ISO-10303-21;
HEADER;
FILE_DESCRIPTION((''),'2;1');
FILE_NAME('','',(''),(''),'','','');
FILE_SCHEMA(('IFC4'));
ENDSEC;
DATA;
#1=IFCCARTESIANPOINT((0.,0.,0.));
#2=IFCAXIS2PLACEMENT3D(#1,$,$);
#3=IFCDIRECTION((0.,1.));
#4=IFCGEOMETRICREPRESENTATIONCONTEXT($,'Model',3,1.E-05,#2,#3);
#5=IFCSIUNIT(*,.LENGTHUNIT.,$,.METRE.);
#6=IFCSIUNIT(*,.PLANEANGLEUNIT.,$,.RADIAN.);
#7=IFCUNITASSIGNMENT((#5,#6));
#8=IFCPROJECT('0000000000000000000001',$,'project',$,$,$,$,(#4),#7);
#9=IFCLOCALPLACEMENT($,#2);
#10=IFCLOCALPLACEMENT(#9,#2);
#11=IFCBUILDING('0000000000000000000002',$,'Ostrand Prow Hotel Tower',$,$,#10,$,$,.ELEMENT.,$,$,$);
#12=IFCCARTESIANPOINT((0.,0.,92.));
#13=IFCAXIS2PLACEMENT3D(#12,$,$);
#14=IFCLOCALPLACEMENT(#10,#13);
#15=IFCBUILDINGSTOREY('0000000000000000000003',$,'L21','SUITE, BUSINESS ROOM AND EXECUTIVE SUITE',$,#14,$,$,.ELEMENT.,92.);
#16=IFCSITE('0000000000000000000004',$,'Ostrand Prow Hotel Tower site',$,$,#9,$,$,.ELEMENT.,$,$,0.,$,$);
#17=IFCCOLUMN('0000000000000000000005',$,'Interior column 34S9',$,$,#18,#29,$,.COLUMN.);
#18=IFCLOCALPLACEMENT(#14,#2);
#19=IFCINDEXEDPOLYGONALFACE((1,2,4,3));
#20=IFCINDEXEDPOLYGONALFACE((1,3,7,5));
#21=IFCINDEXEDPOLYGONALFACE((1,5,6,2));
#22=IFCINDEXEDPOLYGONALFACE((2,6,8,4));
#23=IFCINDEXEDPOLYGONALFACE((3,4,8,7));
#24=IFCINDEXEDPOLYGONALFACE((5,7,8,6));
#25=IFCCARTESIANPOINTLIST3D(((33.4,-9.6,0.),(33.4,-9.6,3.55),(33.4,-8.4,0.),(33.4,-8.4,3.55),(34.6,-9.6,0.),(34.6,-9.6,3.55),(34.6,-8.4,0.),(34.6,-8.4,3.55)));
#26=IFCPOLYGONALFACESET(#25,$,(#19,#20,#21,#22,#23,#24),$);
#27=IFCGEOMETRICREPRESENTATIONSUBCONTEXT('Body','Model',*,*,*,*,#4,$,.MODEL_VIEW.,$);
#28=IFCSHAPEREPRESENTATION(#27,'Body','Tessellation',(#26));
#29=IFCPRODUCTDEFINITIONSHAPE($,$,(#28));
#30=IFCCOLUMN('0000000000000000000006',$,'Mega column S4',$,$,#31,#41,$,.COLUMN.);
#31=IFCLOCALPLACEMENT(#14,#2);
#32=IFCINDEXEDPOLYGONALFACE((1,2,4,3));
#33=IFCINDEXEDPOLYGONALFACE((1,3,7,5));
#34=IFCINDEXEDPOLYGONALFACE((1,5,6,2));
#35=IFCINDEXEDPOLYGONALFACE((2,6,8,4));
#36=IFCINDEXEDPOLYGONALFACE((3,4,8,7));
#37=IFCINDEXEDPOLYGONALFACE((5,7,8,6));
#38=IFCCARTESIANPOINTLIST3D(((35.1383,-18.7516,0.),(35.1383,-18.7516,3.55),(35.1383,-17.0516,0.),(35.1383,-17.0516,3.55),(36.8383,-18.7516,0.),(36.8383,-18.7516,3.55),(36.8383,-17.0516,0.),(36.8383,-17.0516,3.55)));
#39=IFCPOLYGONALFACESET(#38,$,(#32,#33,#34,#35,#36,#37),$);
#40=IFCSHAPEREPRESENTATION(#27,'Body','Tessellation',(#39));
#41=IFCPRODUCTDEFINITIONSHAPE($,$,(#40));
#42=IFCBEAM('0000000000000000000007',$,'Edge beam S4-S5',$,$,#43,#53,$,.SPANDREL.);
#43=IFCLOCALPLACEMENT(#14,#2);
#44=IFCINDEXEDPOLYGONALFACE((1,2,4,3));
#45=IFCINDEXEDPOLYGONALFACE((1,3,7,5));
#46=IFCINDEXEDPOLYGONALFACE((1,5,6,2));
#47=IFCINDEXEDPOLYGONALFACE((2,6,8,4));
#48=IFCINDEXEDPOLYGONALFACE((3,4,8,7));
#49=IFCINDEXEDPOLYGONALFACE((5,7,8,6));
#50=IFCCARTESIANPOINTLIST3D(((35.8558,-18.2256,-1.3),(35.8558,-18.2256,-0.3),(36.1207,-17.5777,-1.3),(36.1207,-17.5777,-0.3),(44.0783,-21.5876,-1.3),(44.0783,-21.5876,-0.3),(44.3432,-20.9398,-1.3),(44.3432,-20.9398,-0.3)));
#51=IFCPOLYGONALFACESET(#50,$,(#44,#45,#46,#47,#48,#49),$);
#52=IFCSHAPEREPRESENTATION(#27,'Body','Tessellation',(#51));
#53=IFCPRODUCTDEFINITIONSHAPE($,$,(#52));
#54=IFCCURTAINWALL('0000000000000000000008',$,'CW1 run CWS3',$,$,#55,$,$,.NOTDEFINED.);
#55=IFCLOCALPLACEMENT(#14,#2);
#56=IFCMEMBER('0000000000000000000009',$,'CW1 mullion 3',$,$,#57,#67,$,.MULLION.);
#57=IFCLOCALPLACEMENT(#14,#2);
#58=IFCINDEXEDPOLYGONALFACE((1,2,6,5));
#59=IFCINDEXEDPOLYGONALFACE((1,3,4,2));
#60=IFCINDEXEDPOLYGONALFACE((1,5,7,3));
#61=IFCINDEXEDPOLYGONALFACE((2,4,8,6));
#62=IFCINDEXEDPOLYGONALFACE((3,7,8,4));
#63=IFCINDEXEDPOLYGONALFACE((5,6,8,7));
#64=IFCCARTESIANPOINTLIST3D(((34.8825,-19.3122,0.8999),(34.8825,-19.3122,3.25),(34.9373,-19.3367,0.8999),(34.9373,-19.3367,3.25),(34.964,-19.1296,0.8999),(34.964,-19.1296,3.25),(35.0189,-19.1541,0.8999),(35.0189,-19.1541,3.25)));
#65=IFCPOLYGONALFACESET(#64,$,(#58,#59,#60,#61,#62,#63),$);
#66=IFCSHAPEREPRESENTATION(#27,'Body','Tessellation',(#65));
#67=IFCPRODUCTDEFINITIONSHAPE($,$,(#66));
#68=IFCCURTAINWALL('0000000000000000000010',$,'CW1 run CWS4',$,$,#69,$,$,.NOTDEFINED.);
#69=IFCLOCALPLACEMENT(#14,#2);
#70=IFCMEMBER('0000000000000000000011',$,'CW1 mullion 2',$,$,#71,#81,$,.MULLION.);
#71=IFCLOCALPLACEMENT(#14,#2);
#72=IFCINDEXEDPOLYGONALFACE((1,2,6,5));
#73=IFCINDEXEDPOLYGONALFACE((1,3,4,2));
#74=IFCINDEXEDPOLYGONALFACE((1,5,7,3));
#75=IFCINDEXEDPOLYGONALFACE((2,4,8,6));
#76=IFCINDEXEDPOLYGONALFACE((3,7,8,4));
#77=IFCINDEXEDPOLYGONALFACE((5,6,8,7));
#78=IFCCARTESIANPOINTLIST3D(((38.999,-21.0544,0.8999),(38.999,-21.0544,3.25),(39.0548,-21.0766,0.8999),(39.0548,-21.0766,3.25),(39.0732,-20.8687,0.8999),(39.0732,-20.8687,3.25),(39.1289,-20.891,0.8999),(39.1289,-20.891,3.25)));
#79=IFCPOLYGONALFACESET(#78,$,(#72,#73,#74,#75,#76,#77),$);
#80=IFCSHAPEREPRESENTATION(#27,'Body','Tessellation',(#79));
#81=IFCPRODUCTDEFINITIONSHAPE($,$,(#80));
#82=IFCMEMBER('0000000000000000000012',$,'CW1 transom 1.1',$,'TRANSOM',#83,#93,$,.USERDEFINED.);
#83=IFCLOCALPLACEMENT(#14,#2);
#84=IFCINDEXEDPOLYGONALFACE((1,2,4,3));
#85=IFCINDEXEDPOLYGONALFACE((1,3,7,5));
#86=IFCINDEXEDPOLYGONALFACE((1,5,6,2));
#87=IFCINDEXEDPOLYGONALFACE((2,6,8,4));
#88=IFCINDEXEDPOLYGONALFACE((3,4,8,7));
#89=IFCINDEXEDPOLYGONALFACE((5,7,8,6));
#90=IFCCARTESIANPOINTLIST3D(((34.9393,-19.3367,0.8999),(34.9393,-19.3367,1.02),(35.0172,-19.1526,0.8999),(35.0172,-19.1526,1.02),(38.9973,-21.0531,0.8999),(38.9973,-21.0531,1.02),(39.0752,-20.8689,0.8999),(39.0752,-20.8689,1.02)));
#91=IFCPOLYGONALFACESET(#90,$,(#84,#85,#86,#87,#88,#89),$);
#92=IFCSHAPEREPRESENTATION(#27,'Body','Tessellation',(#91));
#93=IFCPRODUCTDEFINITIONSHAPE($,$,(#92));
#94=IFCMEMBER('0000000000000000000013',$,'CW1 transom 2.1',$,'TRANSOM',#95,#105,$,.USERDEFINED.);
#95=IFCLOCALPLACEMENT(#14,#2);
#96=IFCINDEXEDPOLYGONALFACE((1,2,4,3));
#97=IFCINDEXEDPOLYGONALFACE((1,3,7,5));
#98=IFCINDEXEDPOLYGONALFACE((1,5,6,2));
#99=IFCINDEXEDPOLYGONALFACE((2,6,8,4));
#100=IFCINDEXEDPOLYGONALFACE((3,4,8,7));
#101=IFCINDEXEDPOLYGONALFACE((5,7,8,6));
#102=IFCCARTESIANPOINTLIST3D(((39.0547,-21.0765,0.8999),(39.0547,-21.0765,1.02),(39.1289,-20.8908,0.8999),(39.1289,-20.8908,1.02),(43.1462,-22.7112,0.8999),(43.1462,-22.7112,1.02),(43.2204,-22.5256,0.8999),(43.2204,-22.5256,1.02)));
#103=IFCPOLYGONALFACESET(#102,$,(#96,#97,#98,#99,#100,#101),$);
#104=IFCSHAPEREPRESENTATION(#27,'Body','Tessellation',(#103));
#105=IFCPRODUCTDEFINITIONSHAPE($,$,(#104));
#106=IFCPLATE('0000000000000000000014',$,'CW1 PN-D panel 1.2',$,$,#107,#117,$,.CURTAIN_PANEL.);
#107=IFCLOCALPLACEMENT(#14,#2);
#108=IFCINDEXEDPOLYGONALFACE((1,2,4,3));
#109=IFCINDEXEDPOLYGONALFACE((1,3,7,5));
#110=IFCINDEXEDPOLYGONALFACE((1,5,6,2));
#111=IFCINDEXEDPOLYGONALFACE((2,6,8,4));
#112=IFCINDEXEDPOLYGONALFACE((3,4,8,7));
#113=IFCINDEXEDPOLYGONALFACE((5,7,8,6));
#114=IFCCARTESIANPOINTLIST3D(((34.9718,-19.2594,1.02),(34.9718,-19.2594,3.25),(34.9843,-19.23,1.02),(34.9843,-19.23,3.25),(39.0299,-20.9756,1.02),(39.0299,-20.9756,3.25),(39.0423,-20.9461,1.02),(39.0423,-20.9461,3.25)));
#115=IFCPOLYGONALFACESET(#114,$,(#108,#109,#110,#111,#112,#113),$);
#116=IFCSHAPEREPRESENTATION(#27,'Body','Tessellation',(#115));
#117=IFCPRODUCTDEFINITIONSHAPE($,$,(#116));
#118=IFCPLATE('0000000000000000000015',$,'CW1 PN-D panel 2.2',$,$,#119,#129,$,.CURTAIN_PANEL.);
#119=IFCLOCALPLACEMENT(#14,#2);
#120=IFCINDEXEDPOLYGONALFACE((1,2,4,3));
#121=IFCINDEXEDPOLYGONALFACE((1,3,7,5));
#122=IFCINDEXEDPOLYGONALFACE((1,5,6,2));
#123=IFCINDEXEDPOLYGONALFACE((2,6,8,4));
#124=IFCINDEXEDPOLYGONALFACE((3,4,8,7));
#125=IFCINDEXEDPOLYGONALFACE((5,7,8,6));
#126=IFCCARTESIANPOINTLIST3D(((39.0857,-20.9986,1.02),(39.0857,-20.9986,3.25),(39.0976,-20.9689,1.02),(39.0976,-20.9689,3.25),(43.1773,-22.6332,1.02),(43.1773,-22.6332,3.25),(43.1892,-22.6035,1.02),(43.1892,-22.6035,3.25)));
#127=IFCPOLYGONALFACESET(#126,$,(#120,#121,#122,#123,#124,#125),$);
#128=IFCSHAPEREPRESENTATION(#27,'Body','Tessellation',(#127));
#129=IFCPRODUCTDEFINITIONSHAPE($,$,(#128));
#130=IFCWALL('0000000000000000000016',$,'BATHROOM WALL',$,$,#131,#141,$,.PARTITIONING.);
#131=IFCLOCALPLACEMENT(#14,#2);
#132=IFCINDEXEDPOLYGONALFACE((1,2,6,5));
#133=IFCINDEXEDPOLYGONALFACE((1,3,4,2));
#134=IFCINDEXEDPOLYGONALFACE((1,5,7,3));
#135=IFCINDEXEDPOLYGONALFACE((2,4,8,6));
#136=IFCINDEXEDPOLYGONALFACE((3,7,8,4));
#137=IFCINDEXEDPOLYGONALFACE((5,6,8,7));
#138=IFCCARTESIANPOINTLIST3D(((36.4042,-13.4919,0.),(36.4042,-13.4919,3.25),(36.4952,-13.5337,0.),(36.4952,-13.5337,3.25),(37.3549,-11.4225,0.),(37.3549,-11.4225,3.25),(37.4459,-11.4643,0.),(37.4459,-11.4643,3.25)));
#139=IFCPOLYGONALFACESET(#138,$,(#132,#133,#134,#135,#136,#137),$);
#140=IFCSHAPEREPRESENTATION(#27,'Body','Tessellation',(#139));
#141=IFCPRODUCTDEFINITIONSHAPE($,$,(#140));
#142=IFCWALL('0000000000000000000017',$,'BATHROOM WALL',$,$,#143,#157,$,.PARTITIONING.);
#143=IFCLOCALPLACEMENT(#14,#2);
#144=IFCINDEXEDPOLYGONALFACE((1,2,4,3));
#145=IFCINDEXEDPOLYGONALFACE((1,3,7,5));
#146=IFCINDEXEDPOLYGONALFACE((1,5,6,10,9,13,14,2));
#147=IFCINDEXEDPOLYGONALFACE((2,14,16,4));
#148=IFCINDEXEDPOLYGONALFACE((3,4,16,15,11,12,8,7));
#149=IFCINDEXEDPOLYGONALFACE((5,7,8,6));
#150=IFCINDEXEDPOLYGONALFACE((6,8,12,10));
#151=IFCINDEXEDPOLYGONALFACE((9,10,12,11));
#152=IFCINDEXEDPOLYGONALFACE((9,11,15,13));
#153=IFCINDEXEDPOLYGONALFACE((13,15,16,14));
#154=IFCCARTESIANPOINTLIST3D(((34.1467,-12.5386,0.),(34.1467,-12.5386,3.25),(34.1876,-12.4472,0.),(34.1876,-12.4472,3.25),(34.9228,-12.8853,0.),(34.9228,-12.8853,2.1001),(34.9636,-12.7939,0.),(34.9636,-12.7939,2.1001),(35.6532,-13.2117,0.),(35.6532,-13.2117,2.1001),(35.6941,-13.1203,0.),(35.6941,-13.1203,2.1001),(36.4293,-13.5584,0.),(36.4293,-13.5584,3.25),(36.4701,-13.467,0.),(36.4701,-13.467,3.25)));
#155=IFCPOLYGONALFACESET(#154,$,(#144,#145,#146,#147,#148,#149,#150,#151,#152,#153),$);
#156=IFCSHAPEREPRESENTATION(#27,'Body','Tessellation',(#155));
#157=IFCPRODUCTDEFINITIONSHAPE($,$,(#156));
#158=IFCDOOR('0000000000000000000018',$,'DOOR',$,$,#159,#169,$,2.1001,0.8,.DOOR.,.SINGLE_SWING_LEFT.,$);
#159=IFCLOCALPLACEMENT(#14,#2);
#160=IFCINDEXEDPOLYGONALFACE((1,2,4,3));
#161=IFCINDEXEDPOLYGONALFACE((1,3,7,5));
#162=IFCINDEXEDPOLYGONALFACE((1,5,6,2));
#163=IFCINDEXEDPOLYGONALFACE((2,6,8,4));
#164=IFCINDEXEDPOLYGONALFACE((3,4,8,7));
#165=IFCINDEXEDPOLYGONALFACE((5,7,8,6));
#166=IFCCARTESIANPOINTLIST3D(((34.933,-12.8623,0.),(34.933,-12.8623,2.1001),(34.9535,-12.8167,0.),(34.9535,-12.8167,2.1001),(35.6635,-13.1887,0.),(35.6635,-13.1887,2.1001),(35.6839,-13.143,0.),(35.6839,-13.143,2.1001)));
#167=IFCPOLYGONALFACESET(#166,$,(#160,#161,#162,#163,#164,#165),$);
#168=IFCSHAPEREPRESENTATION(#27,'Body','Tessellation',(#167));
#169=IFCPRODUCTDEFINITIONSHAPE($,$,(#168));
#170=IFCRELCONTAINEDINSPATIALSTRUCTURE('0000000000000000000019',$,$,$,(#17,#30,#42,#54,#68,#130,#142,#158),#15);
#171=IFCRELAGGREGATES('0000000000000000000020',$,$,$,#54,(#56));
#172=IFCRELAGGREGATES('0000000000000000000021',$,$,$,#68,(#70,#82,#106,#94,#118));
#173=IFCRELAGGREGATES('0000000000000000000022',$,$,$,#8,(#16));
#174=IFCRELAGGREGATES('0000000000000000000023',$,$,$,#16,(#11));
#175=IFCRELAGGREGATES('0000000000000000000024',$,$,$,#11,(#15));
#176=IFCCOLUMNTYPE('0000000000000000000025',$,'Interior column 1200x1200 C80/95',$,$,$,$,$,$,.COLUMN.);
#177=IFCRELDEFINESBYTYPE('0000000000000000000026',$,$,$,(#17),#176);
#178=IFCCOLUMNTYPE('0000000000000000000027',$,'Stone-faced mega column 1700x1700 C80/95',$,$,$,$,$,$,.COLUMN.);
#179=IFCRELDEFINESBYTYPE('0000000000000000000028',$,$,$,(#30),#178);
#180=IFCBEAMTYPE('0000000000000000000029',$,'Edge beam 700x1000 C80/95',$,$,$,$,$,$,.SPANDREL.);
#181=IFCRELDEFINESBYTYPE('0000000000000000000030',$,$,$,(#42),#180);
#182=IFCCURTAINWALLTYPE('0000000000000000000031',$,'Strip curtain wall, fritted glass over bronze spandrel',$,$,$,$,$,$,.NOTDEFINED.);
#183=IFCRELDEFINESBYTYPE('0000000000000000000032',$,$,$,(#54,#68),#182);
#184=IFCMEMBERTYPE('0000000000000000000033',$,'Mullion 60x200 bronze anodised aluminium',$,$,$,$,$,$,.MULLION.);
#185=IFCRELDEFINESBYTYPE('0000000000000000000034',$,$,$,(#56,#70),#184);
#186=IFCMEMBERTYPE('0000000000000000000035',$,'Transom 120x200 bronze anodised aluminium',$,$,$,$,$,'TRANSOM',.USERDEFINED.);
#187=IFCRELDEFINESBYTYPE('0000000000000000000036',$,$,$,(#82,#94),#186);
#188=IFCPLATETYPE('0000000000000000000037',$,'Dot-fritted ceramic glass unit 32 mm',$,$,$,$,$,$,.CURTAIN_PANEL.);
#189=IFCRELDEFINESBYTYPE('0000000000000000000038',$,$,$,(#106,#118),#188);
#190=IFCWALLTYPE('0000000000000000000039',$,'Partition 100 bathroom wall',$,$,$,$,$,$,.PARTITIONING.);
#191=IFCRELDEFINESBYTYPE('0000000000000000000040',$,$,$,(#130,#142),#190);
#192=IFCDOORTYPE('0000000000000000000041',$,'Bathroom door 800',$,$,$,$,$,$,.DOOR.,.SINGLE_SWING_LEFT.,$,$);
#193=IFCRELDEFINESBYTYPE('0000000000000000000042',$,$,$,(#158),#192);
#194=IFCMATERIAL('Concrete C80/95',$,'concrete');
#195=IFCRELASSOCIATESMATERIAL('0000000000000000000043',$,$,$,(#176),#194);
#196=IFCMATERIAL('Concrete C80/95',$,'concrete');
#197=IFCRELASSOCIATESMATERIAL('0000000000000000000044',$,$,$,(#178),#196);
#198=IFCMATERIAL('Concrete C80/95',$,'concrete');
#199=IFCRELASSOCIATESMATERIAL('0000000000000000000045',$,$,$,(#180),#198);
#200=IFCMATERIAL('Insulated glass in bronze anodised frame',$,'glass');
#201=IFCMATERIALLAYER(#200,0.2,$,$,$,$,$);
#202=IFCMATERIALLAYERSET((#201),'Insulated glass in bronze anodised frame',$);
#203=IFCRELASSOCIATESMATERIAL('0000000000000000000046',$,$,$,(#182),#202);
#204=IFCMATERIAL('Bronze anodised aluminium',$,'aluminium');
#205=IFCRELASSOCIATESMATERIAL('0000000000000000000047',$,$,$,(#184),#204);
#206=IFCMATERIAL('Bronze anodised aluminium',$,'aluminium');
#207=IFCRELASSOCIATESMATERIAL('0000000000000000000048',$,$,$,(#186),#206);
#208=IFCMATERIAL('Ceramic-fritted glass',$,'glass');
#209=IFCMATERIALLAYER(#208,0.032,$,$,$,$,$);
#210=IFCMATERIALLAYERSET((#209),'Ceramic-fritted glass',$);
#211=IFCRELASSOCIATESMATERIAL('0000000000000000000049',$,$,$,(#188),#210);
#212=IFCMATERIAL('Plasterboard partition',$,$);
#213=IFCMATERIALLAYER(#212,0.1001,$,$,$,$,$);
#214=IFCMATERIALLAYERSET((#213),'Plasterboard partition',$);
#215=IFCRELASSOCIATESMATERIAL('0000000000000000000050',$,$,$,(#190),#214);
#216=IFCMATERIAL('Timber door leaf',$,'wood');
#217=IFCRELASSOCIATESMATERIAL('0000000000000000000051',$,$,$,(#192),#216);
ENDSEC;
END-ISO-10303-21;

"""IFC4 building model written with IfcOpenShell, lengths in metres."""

from ifc_helpers import new_model, si_unit, direction, frame, frame_2d, origin, origin_2d, place, context, subcontext, project, spatial, rectangle, extrude, material, layer, layer_set, material_profile, profile_set, type_object, element, fill, aggregate, save


model = new_model("IFC4")

# Units and contexts
model_context = context("Model", 3, precision=1e-05, world=origin(), true_north=direction((0.0, 1.0)))
body_context = subcontext(model_context, "Body", "Model", "MODEL_VIEW")
ifc_project = project(units=[si_unit("LENGTHUNIT", "METRE"), si_unit("PLANEANGLEUNIT", "RADIAN")], contexts=[model_context])

# Site, building, storey
site_placement = place(None, origin())
site = spatial("IfcSite", under=ifc_project, at=site_placement, Name="Ostrand Prow Hotel Tower site", CompositionType="ELEMENT", RefElevation=0.0)
building_placement = place(site_placement, origin())
building = spatial("IfcBuilding", under=site, at=building_placement, Name="Ostrand Prow Hotel Tower", CompositionType="ELEMENT")
storey_placement = place(building_placement, frame((0.0, 0.0, 92.0)))
storey = spatial("IfcBuildingStorey", under=building, at=storey_placement, Name="L21", Description="SUITE, BUSINESS ROOM AND EXECUTIVE SUITE", CompositionType="ELEMENT", Elevation=92.0)

# Columns
ifc_material_1 = material(Name="Concrete C80/95", Category="concrete")
ifc_material_profile_1 = material_profile(ifc_material_1, rectangle(XDim=1.2, YDim=1.2, at=origin_2d()), Name="RC 1200x1200")
ifc_profile_set_1 = profile_set([ifc_material_profile_1], Name="Concrete C80/95")
column_type_1 = type_object("IfcColumnType", Name="Interior column 1200x1200 C80/95", PredefinedType="COLUMN", material=ifc_profile_set_1)
column_1_placement = place(storey_placement, frame((34.0, -9.0, 0.0), z_axis=(0.0, 0.0, 1.0), x_axis=(1.0, 0.0, 0.0)))
element("IfcColumn", 1, at=column_1_placement, inside=storey, type_object=column_type_1, Name="Interior column 34S9", PredefinedType="COLUMN", context=body_context, shape_type="SweptSolid", body=[
    extrude(rectangle(XDim=1.2, YDim=1.2, at=origin_2d()), origin(), (0.0, 0.0, 1.0), 3.55),
])
ifc_material_2 = material(Name="Concrete C80/95", Category="concrete")
ifc_material_profile_2 = material_profile(ifc_material_2, rectangle(XDim=1.7, YDim=1.7, at=origin_2d()), Name="RC 1700x1700")
ifc_profile_set_2 = profile_set([ifc_material_profile_2], Name="Concrete C80/95")
column_type_2 = type_object("IfcColumnType", Name="Stone-faced mega column 1700x1700 C80/95", PredefinedType="COLUMN", material=ifc_profile_set_2)
column_2_placement = place(storey_placement, frame((35.9883, -17.9016, 0.0), z_axis=(0.0, 0.0, 1.0), x_axis=(1.0, 0.0, 0.0)))
element("IfcColumn", 2, at=column_2_placement, inside=storey, type_object=column_type_2, Name="Mega column S4", PredefinedType="COLUMN", context=body_context, shape_type="SweptSolid", body=[
    extrude(rectangle(XDim=1.7, YDim=1.7, at=origin_2d()), origin(), (0.0, 0.0, 1.0), 3.55),
])

# Beam
ifc_material_3 = material(Name="Concrete C80/95", Category="concrete")
ifc_material_profile_3 = material_profile(ifc_material_3, rectangle(XDim=0.7, YDim=1.0, at=origin_2d()), Name="RC 700x1000")
ifc_profile_set_3 = profile_set([ifc_material_profile_3], Name="Concrete C80/95")
beam_type = type_object("IfcBeamType", Name="Edge beam 700x1000 C80/95", PredefinedType="SPANDREL", material=ifc_profile_set_3)
beam_placement = place(storey_placement, frame((35.9883, -17.9016, -0.8), z_axis=(0.925612, -0.378473, 0.0), x_axis=(0.378473, 0.925612, 0.0)))
element("IfcBeam", 3, at=beam_placement, inside=storey, type_object=beam_type, Name="Edge beam S4-S5", PredefinedType="SPANDREL", context=body_context, shape_type="SweptSolid", body=[
    extrude(rectangle(XDim=0.7, YDim=1.0, at=origin_2d()), origin(), (0.0, 0.0, 1.0), 8.8833),
])

# Curtain wall, member
ifc_material_4 = material(Name="Insulated glass in bronze anodised frame", Category="glass")
ifc_layer_1 = layer(ifc_material_4, 0.2)
ifc_layer_set_1 = layer_set([ifc_layer_1], Name="Insulated glass in bronze anodised frame")
curtain_wall_type = type_object("IfcCurtainWallType", Name="Strip curtain wall, fritted glass over bronze spandrel", PredefinedType="NOTDEFINED", material=ifc_layer_set_1)
curtain_wall_1_placement = place(storey_placement, origin())
curtain_wall_1 = element("IfcCurtainWall", 4, at=curtain_wall_1_placement, inside=storey, type_object=curtain_wall_type, Name="CW1 run CWS3", PredefinedType="NOTDEFINED")
ifc_material_5 = material(Name="Bronze anodised aluminium", Category="aluminium")
ifc_material_profile_4 = material_profile(ifc_material_5, rectangle(XDim=0.2, YDim=0.0601, at=origin_2d()), Name="Mullion 60x200 bronze anodised aluminium")
ifc_profile_set_4 = profile_set([ifc_material_profile_4], Name="Bronze anodised aluminium")
member_type_1 = type_object("IfcMemberType", Name="Mullion 60x200 bronze anodised aluminium", PredefinedType="MULLION", material=ifc_profile_set_4)
member_1_placement = place(storey_placement, frame((34.9507, -19.2332, 0.8999), z_axis=(0.0, 0.0, 1.0), x_axis=(0.407875, 0.913038, 0.0)))
member_1 = element("IfcMember", 5, at=member_1_placement, type_object=member_type_1, Name="CW1 mullion 3", PredefinedType="MULLION", context=body_context, shape_type="SweptSolid", body=[
    extrude(rectangle(XDim=0.2, YDim=0.0601, at=origin_2d()), origin(), (0.0, 0.0, 1.0), 2.3501),
])
aggregate(curtain_wall_1, [member_1])

# Curtain wall, members, plates
curtain_wall_2_placement = place(storey_placement, origin())
curtain_wall_2 = element("IfcCurtainWall", 6, at=curtain_wall_2_placement, inside=storey, type_object=curtain_wall_type, Name="CW1 run CWS4", PredefinedType="NOTDEFINED")
member_2_placement = place(storey_placement, frame((39.064, -20.9727, 0.8999), z_axis=(0.0, 0.0, 1.0), x_axis=(0.370982, 0.92864, 0.0)))
member_2 = element("IfcMember", 7, at=member_2_placement, type_object=member_type_1, Name="CW1 mullion 2", PredefinedType="MULLION", context=body_context, shape_type="SweptSolid", body=[
    extrude(rectangle(XDim=0.2, YDim=0.0601, at=origin_2d()), origin(), (0.0, 0.0, 1.0), 2.3501),
])
ifc_material_6 = material(Name="Bronze anodised aluminium", Category="aluminium")
ifc_material_profile_5 = material_profile(ifc_material_6, rectangle(XDim=0.2, YDim=0.1201, at=origin_2d()), Name="Transom 120x200 bronze anodised aluminium")
ifc_profile_set_5 = profile_set([ifc_material_profile_5], Name="Bronze anodised aluminium")
member_type_2 = type_object("IfcMemberType", Name="Transom 120x200 bronze anodised aluminium", ElementType="TRANSOM", PredefinedType="USERDEFINED", material=ifc_profile_set_5)
member_3_placement = place(storey_placement, frame((34.9783, -19.2446, 0.96), z_axis=(0.921006, -0.389548, 0.0), x_axis=(0.389548, 0.921006, 0.0)))
member_3 = element("IfcMember", 8, at=member_3_placement, type_object=member_type_2, Name="CW1 transom 1.1", ObjectType="TRANSOM", PredefinedType="USERDEFINED", context=body_context, shape_type="SweptSolid", body=[
    extrude(rectangle(XDim=0.2, YDim=0.1201, at=origin_2d()), origin(), (0.0, 0.0, 1.0), 4.406),
])
member_4_placement = place(storey_placement, frame((39.0918, -20.9836, 0.96), z_axis=(0.928622, -0.371028, 0.0), x_axis=(0.371028, 0.928622, 0.0)))
member_4 = element("IfcMember", 9, at=member_4_placement, type_object=member_type_2, Name="CW1 transom 2.1", ObjectType="TRANSOM", PredefinedType="USERDEFINED", context=body_context, shape_type="SweptSolid", body=[
    extrude(rectangle(XDim=0.2, YDim=0.1201, at=origin_2d()), origin(), (0.0, 0.0, 1.0), 4.406),
])
ifc_material_7 = material(Name="Ceramic-fritted glass", Category="glass")
ifc_layer_2 = layer(ifc_material_7, 0.032)
ifc_layer_set_2 = layer_set([ifc_layer_2], Name="Ceramic-fritted glass")
plate_type = type_object("IfcPlateType", Name="Dot-fritted ceramic glass unit 32 mm", PredefinedType="CURTAIN_PANEL", material=ifc_layer_set_2)
plate_1_placement = place(storey_placement, frame((37.0071, -20.1028, 1.02), z_axis=(0.0, 0.0, 1.0), x_axis=(0.921024, -0.389507, 0.0)))
plate_1 = element("IfcPlate", 10, at=plate_1_placement, type_object=plate_type, Name="CW1 PN-D panel 1.2", PredefinedType="CURTAIN_PANEL", context=body_context, shape_type="SweptSolid", body=[
    extrude(rectangle(XDim=4.406, YDim=0.032, at=origin_2d()), origin(), (0.0, 0.0, 1.0), 2.23),
])
plate_2_placement = place(storey_placement, frame((41.1375, -21.801, 1.02), z_axis=(0.0, 0.0, 1.0), x_axis=(0.92864, -0.370982, 0.0)))
plate_2 = element("IfcPlate", 11, at=plate_2_placement, type_object=plate_type, Name="CW1 PN-D panel 2.2", PredefinedType="CURTAIN_PANEL", context=body_context, shape_type="SweptSolid", body=[
    extrude(rectangle(XDim=4.406, YDim=0.032, at=origin_2d()), origin(), (0.0, 0.0, 1.0), 2.23),
])
aggregate(curtain_wall_2, [member_2, member_3, plate_1, member_4, plate_2])

# Wall
ifc_material_8 = material(Name="Plasterboard partition")
ifc_layer_3 = layer(ifc_material_8, 0.1001)
ifc_layer_set_3 = layer_set([ifc_layer_3], Name="Plasterboard partition")
wall_type_1 = type_object("IfcWallType", Name="Partition 100 bathroom wall", PredefinedType="PARTITIONING", material=ifc_layer_set_3)
wall_1_placement = place(storey_placement, frame((37.4004, -11.4434, 0.0), z_axis=(0.0, 0.0, 1.0), x_axis=(-0.417467, -0.908692, 0.0)))
element("IfcWall", 12, at=wall_1_placement, inside=storey, type_object=wall_type_1, Name="BATHROOM WALL", PredefinedType="PARTITIONING", context=body_context, shape_type="SweptSolid", body=[
    extrude(rectangle(XDim=2.2773, YDim=0.1001, at=frame_2d((1.1387, 0.0))), origin(), (0.0, 0.0, 1.0), 3.25),
])

# Wall, opening, door
wall_2_placement = place(storey_placement, frame((36.4497, -13.5127, 0.0), z_axis=(0.0, 0.0, 1.0), x_axis=(-0.913016, 0.407923, 0.0)))
wall_2 = element("IfcWall", 13, at=wall_2_placement, inside=storey, type_object=wall_type_1, Name="BATHROOM WALL", PredefinedType="PARTITIONING", context=body_context, shape_type="SweptSolid", body=[
    extrude(rectangle(XDim=2.5, YDim=0.1001, at=frame_2d((1.25, 0.0))), origin(), (0.0, 0.0, 1.0), 3.25),
])
opening_1_placement = place(wall_2_placement, frame((0.8501, 0.0, 0.0)))
opening_1 = element("IfcOpeningElement", 14, at=opening_1_placement, cuts=wall_2, PredefinedType="OPENING", context=body_context, shape_type="SweptSolid", body=[
    extrude(rectangle(XDim=0.8, YDim=2.1001, at=frame_2d((0.3999, 1.05))), frame((0.0, 0.0601, 0.0), z_axis=(0.0, -1.0, 0.0), x_axis=(1.0, 0.0, 0.0)), (0.0, 0.0, 1.0), 0.1201),
])
ifc_material_9 = material(Name="Timber door leaf", Category="wood")
door_type_1 = type_object("IfcDoorType", Name="Bathroom door 800", OperationType="SINGLE_SWING_LEFT", PredefinedType="DOOR", material=ifc_material_9)
door_1_placement = place(opening_1_placement, origin())
door_1 = element("IfcDoor", 15, at=door_1_placement, inside=storey, type_object=door_type_1, Name="DOOR", OperationType="SINGLE_SWING_LEFT", OverallHeight=2.1001, OverallWidth=0.8, PredefinedType="DOOR", context=body_context, shape_type="SweptSolid", body=[
    extrude(rectangle(XDim=0.8, YDim=2.1001, at=frame_2d((0.3999, 1.05))), frame((0.0, 0.0249, 0.0), z_axis=(0.0, -1.0, 0.0), x_axis=(1.0, 0.0, 0.0)), (0.0, 0.0, 1.0), 0.05),
])
fill(opening_1, door_1)

save(model, "model.ifc")
